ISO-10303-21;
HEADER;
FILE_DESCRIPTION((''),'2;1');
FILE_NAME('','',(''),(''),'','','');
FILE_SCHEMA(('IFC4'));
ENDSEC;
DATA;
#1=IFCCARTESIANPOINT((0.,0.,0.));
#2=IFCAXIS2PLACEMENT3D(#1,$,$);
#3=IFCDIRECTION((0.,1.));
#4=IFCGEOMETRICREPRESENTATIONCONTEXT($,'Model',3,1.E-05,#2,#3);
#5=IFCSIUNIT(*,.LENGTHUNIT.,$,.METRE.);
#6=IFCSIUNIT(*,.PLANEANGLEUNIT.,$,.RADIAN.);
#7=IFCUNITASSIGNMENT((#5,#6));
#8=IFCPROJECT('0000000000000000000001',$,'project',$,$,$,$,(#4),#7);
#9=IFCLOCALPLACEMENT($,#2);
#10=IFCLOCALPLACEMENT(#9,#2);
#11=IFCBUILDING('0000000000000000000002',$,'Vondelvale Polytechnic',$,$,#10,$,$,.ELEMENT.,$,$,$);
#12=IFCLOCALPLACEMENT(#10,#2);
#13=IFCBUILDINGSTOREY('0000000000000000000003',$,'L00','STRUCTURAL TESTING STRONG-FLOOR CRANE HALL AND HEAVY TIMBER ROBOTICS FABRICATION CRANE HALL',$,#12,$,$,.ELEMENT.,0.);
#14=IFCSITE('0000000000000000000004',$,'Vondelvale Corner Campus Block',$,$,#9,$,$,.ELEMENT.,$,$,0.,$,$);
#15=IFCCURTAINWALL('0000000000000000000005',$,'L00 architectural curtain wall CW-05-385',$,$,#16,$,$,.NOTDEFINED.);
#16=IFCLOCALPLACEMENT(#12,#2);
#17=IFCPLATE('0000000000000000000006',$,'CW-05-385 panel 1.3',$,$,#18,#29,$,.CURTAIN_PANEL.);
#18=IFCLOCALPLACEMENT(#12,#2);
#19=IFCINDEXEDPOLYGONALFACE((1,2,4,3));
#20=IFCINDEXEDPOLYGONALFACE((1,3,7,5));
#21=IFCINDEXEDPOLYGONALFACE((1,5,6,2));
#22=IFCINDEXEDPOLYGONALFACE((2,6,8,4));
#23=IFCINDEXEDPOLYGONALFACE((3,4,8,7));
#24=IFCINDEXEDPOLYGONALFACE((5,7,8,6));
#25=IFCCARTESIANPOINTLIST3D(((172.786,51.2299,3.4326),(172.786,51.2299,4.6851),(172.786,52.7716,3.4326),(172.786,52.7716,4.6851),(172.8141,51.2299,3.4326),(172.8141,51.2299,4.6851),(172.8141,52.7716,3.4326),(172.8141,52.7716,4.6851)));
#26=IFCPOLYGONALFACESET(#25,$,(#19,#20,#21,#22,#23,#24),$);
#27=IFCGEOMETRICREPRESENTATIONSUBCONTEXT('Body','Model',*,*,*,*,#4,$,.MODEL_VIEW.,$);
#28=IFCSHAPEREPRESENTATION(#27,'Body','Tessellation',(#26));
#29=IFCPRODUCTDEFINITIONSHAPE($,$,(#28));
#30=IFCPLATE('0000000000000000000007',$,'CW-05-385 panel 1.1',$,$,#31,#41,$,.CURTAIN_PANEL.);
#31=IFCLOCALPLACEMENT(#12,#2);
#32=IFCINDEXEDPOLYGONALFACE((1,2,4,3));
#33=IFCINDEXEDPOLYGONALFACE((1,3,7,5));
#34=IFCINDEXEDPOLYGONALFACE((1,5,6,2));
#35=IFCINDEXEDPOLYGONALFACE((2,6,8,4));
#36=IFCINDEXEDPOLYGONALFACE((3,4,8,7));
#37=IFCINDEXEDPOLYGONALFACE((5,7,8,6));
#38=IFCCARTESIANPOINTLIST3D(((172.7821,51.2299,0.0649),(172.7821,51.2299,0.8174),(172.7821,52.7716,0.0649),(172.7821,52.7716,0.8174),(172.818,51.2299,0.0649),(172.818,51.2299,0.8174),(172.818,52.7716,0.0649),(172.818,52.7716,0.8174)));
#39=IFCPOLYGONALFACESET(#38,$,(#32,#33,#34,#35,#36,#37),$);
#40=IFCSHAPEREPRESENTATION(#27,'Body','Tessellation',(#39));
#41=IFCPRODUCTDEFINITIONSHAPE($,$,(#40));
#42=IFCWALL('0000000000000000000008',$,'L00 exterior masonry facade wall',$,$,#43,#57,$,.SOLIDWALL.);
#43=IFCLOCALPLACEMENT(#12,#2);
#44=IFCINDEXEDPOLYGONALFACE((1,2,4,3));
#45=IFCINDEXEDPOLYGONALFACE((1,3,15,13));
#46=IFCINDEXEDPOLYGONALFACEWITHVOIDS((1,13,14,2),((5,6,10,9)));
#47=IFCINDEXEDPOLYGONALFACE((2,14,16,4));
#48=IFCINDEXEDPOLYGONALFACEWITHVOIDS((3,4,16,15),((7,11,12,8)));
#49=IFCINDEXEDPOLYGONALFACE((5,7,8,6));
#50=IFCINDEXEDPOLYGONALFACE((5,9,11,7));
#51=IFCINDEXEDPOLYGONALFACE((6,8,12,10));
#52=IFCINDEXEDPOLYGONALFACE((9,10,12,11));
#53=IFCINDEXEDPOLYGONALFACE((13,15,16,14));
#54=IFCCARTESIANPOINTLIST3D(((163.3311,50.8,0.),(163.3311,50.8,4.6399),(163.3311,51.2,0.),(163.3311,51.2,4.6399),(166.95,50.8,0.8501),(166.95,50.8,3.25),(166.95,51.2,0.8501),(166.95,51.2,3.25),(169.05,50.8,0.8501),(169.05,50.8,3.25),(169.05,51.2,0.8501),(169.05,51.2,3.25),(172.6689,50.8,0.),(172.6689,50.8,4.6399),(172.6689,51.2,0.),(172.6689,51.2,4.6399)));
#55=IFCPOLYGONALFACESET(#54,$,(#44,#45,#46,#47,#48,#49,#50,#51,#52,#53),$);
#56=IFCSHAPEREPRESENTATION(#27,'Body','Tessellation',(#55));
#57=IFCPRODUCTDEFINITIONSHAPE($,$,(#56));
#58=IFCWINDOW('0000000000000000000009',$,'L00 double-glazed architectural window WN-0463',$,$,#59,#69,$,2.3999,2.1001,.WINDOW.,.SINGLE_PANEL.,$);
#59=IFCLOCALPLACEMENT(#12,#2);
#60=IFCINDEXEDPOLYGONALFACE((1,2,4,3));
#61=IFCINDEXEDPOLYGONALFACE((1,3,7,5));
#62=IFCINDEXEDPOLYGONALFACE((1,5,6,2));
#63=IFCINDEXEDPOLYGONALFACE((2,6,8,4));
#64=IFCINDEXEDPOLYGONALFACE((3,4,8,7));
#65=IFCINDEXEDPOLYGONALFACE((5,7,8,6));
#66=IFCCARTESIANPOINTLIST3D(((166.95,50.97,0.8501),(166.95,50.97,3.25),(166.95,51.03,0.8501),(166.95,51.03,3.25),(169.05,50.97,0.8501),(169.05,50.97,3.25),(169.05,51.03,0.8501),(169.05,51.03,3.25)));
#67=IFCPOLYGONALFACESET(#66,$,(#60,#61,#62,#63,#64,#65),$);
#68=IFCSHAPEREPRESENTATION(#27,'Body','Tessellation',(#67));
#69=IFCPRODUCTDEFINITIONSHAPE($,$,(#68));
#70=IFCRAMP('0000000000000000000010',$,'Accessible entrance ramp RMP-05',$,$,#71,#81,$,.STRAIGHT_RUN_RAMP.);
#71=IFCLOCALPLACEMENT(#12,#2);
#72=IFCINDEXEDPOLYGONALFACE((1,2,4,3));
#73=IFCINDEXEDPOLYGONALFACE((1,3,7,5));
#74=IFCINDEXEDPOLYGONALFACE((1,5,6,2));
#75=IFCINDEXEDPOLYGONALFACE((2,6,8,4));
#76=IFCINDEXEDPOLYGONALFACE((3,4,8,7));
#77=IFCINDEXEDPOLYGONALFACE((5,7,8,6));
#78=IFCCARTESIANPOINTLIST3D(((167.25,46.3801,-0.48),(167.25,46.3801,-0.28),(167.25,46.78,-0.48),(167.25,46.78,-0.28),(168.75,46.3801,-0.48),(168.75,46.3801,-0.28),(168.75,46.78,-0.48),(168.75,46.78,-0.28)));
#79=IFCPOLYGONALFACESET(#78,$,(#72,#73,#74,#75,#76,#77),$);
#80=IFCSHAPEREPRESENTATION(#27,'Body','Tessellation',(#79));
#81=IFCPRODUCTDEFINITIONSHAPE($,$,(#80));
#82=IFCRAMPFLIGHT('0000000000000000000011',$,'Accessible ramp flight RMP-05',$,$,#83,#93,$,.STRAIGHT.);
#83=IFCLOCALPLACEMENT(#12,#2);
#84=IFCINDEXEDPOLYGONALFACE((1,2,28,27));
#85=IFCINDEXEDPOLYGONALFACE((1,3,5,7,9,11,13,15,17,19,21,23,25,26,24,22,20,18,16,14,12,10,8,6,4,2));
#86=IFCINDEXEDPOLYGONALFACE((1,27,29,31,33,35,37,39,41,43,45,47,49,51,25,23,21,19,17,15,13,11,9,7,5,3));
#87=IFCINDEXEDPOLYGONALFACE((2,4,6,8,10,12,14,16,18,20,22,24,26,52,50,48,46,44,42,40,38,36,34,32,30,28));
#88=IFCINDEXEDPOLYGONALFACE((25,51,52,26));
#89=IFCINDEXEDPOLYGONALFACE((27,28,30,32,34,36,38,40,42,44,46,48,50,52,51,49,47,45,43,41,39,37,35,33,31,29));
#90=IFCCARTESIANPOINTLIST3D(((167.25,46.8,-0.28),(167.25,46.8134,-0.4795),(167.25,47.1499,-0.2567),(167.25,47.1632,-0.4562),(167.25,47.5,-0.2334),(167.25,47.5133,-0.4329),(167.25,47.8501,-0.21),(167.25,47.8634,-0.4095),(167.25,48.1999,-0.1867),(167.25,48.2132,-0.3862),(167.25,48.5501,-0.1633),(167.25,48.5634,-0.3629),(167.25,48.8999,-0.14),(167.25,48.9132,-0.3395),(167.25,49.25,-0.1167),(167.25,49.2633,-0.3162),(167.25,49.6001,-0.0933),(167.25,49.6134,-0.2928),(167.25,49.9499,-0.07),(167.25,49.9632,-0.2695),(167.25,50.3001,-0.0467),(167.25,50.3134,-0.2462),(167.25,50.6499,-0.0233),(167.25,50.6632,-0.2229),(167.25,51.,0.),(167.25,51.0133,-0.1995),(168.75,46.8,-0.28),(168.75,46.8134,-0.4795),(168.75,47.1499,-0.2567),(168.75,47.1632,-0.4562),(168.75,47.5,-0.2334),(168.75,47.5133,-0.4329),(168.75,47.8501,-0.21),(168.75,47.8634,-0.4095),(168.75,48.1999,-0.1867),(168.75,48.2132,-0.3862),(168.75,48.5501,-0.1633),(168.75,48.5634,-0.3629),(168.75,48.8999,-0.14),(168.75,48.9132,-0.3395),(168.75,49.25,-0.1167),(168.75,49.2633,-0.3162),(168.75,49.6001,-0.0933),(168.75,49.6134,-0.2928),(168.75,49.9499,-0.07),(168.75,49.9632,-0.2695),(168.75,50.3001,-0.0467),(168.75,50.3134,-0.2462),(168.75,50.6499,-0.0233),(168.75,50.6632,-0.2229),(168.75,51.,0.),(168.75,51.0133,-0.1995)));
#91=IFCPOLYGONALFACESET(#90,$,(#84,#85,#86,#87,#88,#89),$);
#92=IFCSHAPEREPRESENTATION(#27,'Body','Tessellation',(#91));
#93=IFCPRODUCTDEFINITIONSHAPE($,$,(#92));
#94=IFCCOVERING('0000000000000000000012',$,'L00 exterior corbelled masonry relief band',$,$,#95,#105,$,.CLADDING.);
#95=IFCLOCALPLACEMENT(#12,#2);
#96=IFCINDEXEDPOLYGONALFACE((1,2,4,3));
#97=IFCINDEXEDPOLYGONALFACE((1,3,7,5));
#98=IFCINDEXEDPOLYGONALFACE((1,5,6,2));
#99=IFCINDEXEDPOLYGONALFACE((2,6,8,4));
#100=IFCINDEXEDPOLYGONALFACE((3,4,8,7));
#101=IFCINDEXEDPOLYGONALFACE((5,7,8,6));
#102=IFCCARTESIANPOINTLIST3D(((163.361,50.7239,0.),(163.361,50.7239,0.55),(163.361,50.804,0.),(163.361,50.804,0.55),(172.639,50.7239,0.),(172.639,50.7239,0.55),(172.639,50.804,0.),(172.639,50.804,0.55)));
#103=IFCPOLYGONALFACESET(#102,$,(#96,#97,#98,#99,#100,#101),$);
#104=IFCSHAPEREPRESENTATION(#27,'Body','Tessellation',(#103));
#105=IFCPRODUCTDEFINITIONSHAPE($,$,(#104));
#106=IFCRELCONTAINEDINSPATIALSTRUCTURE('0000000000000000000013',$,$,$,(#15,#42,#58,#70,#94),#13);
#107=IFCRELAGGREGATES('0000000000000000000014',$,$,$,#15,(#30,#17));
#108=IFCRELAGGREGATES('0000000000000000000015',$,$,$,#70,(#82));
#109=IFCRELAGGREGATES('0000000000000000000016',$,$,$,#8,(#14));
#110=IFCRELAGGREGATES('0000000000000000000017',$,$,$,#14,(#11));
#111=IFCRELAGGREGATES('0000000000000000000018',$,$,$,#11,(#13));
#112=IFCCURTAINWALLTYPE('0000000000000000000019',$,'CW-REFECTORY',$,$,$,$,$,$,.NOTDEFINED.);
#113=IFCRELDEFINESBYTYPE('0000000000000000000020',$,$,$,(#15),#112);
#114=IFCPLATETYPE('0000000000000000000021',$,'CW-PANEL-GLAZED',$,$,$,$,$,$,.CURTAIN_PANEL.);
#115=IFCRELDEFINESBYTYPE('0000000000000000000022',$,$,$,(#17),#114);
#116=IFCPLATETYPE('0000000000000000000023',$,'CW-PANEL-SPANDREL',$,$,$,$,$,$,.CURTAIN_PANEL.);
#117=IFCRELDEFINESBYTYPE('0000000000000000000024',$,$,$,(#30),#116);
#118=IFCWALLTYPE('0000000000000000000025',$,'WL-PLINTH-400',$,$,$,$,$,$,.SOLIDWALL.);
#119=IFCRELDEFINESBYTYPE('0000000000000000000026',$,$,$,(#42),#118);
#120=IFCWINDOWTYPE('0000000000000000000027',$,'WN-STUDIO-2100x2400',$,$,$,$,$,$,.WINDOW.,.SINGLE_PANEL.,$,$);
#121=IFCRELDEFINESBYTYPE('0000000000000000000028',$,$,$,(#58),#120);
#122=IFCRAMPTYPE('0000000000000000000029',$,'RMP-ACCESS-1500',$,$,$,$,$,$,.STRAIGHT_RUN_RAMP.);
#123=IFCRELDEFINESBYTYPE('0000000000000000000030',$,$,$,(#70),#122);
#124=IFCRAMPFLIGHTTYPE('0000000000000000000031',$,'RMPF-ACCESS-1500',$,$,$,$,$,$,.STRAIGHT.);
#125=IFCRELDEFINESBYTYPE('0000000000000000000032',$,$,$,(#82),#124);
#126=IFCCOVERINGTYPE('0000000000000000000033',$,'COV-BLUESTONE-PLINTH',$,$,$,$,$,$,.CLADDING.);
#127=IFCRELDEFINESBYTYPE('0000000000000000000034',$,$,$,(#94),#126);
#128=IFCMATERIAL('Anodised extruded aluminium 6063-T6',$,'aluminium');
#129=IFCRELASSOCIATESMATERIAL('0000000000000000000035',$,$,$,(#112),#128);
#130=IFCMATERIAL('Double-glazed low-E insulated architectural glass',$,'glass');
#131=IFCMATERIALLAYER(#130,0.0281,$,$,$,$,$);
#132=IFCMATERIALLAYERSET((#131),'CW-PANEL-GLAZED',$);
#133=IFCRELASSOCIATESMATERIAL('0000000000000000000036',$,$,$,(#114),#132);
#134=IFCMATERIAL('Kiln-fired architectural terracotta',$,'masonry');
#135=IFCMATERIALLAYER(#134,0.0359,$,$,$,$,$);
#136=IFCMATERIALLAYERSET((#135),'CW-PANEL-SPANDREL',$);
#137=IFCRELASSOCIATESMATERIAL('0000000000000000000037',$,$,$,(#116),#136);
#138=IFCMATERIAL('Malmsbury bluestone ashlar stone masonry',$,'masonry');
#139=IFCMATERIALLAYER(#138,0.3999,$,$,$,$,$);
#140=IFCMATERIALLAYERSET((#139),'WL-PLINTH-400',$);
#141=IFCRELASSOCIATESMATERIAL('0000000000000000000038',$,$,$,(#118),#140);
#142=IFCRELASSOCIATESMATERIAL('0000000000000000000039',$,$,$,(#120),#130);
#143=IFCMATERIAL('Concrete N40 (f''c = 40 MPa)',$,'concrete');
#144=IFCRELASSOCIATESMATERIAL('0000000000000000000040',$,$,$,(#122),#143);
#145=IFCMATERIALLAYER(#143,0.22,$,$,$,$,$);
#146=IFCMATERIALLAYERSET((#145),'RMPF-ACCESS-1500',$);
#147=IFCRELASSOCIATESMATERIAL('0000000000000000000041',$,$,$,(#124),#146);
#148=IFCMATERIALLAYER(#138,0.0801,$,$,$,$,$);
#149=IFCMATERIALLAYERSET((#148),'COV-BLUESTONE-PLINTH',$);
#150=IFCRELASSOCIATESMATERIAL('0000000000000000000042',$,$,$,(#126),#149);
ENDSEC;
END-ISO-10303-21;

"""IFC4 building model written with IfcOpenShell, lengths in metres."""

from ifc_helpers import new_model, si_unit, direction, frame, frame_2d, origin, origin_2d, place, context, subcontext, project, spatial, polyline, rectangle, outline, extrude, material, layer, layer_set, type_object, element, fill, aggregate, save


model = new_model("IFC4")

# Units and contexts
model_context = context("Model", 3, precision=1e-05, world=origin(), true_north=direction((0.0, 1.0)))
body_context = subcontext(model_context, "Body", "Model", "MODEL_VIEW")
ifc_project = project(units=[si_unit("LENGTHUNIT", "METRE"), si_unit("PLANEANGLEUNIT", "RADIAN")], contexts=[model_context])

# Site, building, storey
site_placement = place(None, origin())
site = spatial("IfcSite", under=ifc_project, at=site_placement, Name="Vondelvale Corner Campus Block", CompositionType="ELEMENT", RefElevation=0.0)
building_placement = place(site_placement, origin())
building = spatial("IfcBuilding", under=site, at=building_placement, Name="Vondelvale Polytechnic", CompositionType="ELEMENT")
storey_placement = place(building_placement, origin())
storey = spatial("IfcBuildingStorey", under=building, at=storey_placement, Name="L00", Description="STRUCTURAL TESTING STRONG-FLOOR CRANE HALL AND HEAVY TIMBER ROBOTICS FABRICATION CRANE HALL", CompositionType="ELEMENT", Elevation=0.0)

# Shared definitions
ifc_material_1 = material(Name="Concrete N40 (f'c = 40 MPa)", Category="concrete")

# Curtain wall, plates
ifc_material_2 = material(Name="Anodised extruded aluminium 6063-T6", Category="aluminium")
curtain_wall_type = type_object("IfcCurtainWallType", Name="CW-REFECTORY", PredefinedType="NOTDEFINED", material=ifc_material_2)
curtain_wall_placement = place(storey_placement, origin())
curtain_wall = element("IfcCurtainWall", 1, at=curtain_wall_placement, inside=storey, type_object=curtain_wall_type, Name="L00 architectural curtain wall CW-05-385", PredefinedType="NOTDEFINED")
ifc_material_3 = material(Name="Double-glazed low-E insulated architectural glass", Category="glass")
ifc_layer_1 = layer(ifc_material_3, 0.0281)
ifc_layer_set_1 = layer_set([ifc_layer_1], Name="CW-PANEL-GLAZED")
plate_type_1 = type_object("IfcPlateType", Name="CW-PANEL-GLAZED", PredefinedType="CURTAIN_PANEL", material=ifc_layer_set_1)
plate_1_placement = place(storey_placement, frame((172.8, 52.0007, 3.4326), z_axis=(0.0, 0.0, 1.0), x_axis=(0.0, 1.0, 0.0)))
plate_1 = element("IfcPlate", 2, at=plate_1_placement, type_object=plate_type_1, Name="CW-05-385 panel 1.3", PredefinedType="CURTAIN_PANEL", context=body_context, shape_type="SweptSolid", body=[
    extrude(rectangle(XDim=1.5417, YDim=0.0281, at=origin_2d()), origin(), (0.0, 0.0, 1.0), 1.2524),
])
ifc_material_4 = material(Name="Kiln-fired architectural terracotta", Category="masonry")
ifc_layer_2 = layer(ifc_material_4, 0.0359)
ifc_layer_set_2 = layer_set([ifc_layer_2], Name="CW-PANEL-SPANDREL")
plate_type_2 = type_object("IfcPlateType", Name="CW-PANEL-SPANDREL", PredefinedType="CURTAIN_PANEL", material=ifc_layer_set_2)
plate_2_placement = place(storey_placement, frame((172.8, 52.0007, 0.0649), z_axis=(0.0, 0.0, 1.0), x_axis=(0.0, 1.0, 0.0)))
plate_2 = element("IfcPlate", 3, at=plate_2_placement, type_object=plate_type_2, Name="CW-05-385 panel 1.1", PredefinedType="CURTAIN_PANEL", context=body_context, shape_type="SweptSolid", body=[
    extrude(rectangle(XDim=1.5417, YDim=0.0359, at=origin_2d()), origin(), (0.0, 0.0, 1.0), 0.7524),
])
aggregate(curtain_wall, [plate_2, plate_1])

# Wall, opening, window
ifc_material_5 = material(Name="Malmsbury bluestone ashlar stone masonry", Category="masonry")
ifc_layer_3 = layer(ifc_material_5, 0.3999)
ifc_layer_set_3 = layer_set([ifc_layer_3], Name="WL-PLINTH-400")
wall_type = type_object("IfcWallType", Name="WL-PLINTH-400", PredefinedType="SOLIDWALL", material=ifc_layer_set_3)
wall_placement = place(storey_placement, frame((172.6689, 51.0, 0.0), z_axis=(0.0, 0.0, 1.0), x_axis=(-1.0, 0.0, 0.0)))
wall = element("IfcWall", 4, at=wall_placement, inside=storey, type_object=wall_type, Name="L00 exterior masonry facade wall", PredefinedType="SOLIDWALL", context=body_context, shape_type="SweptSolid", body=[
    extrude(rectangle(XDim=9.3379, YDim=0.3999, at=frame_2d((4.6689, 0.0))), origin(), (0.0, 0.0, 1.0), 4.6399),
])
opening_placement = place(wall_placement, frame((3.6189, 0.0, 0.8501)))
opening = element("IfcOpeningElement", 5, at=opening_placement, cuts=wall, PredefinedType="OPENING", context=body_context, shape_type="SweptSolid", body=[
    extrude(rectangle(XDim=2.1001, YDim=2.3999, at=frame_2d((1.05, 1.2))), frame((0.0, 0.21, 0.0), z_axis=(0.0, -1.0, 0.0), x_axis=(1.0, 0.0, 0.0)), (0.0, 0.0, 1.0), 0.4199),
])
window_type = type_object("IfcWindowType", Name="WN-STUDIO-2100x2400", PartitioningType="SINGLE_PANEL", PredefinedType="WINDOW", material=ifc_material_3)
window_placement = place(opening_placement, origin())
window = element("IfcWindow", 6, at=window_placement, inside=storey, type_object=window_type, Name="L00 double-glazed architectural window WN-0463", OverallHeight=2.3999, OverallWidth=2.1001, PartitioningType="SINGLE_PANEL", PredefinedType="WINDOW", context=body_context, shape_type="SweptSolid", body=[
    extrude(rectangle(XDim=2.1001, YDim=2.3999, at=frame_2d((1.05, 1.2))), frame((0.0, 0.03, 0.0), z_axis=(0.0, -1.0, 0.0), x_axis=(1.0, 0.0, 0.0)), (0.0, 0.0, 1.0), 0.0601),
])
fill(opening, window)

# Ramp, ramp flight
ramp_type = type_object("IfcRampType", Name="RMP-ACCESS-1500", PredefinedType="STRAIGHT_RUN_RAMP", material=ifc_material_1)
ramp_placement = place(storey_placement, frame((168.0, 46.5801, -0.48), z_axis=(0.0, 0.0, 1.0), x_axis=(1.0, 0.0, 0.0)))
ramp = element("IfcRamp", 7, at=ramp_placement, inside=storey, type_object=ramp_type, Name="Accessible entrance ramp RMP-05", PredefinedType="STRAIGHT_RUN_RAMP", context=body_context, shape_type="SweptSolid", body=[
    extrude(rectangle(XDim=1.5, YDim=0.3999, at=origin_2d()), origin(), (0.0, 0.0, 1.0), 0.2),
])
ifc_layer_4 = layer(ifc_material_1, 0.22)
ifc_layer_set_4 = layer_set([ifc_layer_4], Name="RMPF-ACCESS-1500")
ramp_flight_type = type_object("IfcRampFlightType", Name="RMPF-ACCESS-1500", PredefinedType="STRAIGHT", material=ifc_layer_set_4)
ramp_flight_placement = place(storey_placement, frame((167.25, 46.8, -0.28), z_axis=(0.0, -0.066527, 0.997785), x_axis=(0.0, 0.997785, 0.066527)))
ramp_flight = element("IfcRampFlight", 8, at=ramp_flight_placement, type_object=ramp_flight_type, Name="Accessible ramp flight RMP-05", PredefinedType="STRAIGHT", context=body_context, shape_type="SweptSolid", body=[
    extrude(outline(polyline([(0.0, 0.0), (0.3506, 0.0), (0.7015, 0.0), (1.0524, 0.0), (1.403, 0.0), (1.7539, 0.0), (2.1045, 0.0), (2.4554, 0.0), (2.8063, 0.0), (3.1569, 0.0), (3.5078, 0.0), (3.8584, 0.0), (4.2093, 0.0), (4.2093, -1.5), (3.8584, -1.5), (3.5078, -1.5), (3.1569, -1.5), (2.8063, -1.5), (2.4554, -1.5), (2.1045, -1.5), (1.7539, -1.5), (1.403, -1.5), (1.0524, -1.5), (0.7015, -1.5), (0.3506, -1.5), (0.0, -1.5), (0.0, 0.0)])), origin(), (0.0, 0.0, -1.0), 0.2),
])
aggregate(ramp, [ramp_flight])

# Covering
ifc_layer_5 = layer(ifc_material_5, 0.0801)
ifc_layer_set_5 = layer_set([ifc_layer_5], Name="COV-BLUESTONE-PLINTH")
covering_type = type_object("IfcCoveringType", Name="COV-BLUESTONE-PLINTH", PredefinedType="CLADDING", material=ifc_layer_set_5)
covering_placement = place(storey_placement, frame((168.0, 50.7639, 0.0), z_axis=(0.0, 0.0, 1.0), x_axis=(-1.0, 0.0, 0.0)))
element("IfcCovering", 9, at=covering_placement, inside=storey, type_object=covering_type, Name="L00 exterior corbelled masonry relief band", PredefinedType="CLADDING", context=body_context, shape_type="SweptSolid", body=[
    extrude(rectangle(XDim=9.2781, YDim=0.0801, at=origin_2d()), origin(), (0.0, 0.0, 1.0), 0.55),
])

save(model, "model.ifc")
